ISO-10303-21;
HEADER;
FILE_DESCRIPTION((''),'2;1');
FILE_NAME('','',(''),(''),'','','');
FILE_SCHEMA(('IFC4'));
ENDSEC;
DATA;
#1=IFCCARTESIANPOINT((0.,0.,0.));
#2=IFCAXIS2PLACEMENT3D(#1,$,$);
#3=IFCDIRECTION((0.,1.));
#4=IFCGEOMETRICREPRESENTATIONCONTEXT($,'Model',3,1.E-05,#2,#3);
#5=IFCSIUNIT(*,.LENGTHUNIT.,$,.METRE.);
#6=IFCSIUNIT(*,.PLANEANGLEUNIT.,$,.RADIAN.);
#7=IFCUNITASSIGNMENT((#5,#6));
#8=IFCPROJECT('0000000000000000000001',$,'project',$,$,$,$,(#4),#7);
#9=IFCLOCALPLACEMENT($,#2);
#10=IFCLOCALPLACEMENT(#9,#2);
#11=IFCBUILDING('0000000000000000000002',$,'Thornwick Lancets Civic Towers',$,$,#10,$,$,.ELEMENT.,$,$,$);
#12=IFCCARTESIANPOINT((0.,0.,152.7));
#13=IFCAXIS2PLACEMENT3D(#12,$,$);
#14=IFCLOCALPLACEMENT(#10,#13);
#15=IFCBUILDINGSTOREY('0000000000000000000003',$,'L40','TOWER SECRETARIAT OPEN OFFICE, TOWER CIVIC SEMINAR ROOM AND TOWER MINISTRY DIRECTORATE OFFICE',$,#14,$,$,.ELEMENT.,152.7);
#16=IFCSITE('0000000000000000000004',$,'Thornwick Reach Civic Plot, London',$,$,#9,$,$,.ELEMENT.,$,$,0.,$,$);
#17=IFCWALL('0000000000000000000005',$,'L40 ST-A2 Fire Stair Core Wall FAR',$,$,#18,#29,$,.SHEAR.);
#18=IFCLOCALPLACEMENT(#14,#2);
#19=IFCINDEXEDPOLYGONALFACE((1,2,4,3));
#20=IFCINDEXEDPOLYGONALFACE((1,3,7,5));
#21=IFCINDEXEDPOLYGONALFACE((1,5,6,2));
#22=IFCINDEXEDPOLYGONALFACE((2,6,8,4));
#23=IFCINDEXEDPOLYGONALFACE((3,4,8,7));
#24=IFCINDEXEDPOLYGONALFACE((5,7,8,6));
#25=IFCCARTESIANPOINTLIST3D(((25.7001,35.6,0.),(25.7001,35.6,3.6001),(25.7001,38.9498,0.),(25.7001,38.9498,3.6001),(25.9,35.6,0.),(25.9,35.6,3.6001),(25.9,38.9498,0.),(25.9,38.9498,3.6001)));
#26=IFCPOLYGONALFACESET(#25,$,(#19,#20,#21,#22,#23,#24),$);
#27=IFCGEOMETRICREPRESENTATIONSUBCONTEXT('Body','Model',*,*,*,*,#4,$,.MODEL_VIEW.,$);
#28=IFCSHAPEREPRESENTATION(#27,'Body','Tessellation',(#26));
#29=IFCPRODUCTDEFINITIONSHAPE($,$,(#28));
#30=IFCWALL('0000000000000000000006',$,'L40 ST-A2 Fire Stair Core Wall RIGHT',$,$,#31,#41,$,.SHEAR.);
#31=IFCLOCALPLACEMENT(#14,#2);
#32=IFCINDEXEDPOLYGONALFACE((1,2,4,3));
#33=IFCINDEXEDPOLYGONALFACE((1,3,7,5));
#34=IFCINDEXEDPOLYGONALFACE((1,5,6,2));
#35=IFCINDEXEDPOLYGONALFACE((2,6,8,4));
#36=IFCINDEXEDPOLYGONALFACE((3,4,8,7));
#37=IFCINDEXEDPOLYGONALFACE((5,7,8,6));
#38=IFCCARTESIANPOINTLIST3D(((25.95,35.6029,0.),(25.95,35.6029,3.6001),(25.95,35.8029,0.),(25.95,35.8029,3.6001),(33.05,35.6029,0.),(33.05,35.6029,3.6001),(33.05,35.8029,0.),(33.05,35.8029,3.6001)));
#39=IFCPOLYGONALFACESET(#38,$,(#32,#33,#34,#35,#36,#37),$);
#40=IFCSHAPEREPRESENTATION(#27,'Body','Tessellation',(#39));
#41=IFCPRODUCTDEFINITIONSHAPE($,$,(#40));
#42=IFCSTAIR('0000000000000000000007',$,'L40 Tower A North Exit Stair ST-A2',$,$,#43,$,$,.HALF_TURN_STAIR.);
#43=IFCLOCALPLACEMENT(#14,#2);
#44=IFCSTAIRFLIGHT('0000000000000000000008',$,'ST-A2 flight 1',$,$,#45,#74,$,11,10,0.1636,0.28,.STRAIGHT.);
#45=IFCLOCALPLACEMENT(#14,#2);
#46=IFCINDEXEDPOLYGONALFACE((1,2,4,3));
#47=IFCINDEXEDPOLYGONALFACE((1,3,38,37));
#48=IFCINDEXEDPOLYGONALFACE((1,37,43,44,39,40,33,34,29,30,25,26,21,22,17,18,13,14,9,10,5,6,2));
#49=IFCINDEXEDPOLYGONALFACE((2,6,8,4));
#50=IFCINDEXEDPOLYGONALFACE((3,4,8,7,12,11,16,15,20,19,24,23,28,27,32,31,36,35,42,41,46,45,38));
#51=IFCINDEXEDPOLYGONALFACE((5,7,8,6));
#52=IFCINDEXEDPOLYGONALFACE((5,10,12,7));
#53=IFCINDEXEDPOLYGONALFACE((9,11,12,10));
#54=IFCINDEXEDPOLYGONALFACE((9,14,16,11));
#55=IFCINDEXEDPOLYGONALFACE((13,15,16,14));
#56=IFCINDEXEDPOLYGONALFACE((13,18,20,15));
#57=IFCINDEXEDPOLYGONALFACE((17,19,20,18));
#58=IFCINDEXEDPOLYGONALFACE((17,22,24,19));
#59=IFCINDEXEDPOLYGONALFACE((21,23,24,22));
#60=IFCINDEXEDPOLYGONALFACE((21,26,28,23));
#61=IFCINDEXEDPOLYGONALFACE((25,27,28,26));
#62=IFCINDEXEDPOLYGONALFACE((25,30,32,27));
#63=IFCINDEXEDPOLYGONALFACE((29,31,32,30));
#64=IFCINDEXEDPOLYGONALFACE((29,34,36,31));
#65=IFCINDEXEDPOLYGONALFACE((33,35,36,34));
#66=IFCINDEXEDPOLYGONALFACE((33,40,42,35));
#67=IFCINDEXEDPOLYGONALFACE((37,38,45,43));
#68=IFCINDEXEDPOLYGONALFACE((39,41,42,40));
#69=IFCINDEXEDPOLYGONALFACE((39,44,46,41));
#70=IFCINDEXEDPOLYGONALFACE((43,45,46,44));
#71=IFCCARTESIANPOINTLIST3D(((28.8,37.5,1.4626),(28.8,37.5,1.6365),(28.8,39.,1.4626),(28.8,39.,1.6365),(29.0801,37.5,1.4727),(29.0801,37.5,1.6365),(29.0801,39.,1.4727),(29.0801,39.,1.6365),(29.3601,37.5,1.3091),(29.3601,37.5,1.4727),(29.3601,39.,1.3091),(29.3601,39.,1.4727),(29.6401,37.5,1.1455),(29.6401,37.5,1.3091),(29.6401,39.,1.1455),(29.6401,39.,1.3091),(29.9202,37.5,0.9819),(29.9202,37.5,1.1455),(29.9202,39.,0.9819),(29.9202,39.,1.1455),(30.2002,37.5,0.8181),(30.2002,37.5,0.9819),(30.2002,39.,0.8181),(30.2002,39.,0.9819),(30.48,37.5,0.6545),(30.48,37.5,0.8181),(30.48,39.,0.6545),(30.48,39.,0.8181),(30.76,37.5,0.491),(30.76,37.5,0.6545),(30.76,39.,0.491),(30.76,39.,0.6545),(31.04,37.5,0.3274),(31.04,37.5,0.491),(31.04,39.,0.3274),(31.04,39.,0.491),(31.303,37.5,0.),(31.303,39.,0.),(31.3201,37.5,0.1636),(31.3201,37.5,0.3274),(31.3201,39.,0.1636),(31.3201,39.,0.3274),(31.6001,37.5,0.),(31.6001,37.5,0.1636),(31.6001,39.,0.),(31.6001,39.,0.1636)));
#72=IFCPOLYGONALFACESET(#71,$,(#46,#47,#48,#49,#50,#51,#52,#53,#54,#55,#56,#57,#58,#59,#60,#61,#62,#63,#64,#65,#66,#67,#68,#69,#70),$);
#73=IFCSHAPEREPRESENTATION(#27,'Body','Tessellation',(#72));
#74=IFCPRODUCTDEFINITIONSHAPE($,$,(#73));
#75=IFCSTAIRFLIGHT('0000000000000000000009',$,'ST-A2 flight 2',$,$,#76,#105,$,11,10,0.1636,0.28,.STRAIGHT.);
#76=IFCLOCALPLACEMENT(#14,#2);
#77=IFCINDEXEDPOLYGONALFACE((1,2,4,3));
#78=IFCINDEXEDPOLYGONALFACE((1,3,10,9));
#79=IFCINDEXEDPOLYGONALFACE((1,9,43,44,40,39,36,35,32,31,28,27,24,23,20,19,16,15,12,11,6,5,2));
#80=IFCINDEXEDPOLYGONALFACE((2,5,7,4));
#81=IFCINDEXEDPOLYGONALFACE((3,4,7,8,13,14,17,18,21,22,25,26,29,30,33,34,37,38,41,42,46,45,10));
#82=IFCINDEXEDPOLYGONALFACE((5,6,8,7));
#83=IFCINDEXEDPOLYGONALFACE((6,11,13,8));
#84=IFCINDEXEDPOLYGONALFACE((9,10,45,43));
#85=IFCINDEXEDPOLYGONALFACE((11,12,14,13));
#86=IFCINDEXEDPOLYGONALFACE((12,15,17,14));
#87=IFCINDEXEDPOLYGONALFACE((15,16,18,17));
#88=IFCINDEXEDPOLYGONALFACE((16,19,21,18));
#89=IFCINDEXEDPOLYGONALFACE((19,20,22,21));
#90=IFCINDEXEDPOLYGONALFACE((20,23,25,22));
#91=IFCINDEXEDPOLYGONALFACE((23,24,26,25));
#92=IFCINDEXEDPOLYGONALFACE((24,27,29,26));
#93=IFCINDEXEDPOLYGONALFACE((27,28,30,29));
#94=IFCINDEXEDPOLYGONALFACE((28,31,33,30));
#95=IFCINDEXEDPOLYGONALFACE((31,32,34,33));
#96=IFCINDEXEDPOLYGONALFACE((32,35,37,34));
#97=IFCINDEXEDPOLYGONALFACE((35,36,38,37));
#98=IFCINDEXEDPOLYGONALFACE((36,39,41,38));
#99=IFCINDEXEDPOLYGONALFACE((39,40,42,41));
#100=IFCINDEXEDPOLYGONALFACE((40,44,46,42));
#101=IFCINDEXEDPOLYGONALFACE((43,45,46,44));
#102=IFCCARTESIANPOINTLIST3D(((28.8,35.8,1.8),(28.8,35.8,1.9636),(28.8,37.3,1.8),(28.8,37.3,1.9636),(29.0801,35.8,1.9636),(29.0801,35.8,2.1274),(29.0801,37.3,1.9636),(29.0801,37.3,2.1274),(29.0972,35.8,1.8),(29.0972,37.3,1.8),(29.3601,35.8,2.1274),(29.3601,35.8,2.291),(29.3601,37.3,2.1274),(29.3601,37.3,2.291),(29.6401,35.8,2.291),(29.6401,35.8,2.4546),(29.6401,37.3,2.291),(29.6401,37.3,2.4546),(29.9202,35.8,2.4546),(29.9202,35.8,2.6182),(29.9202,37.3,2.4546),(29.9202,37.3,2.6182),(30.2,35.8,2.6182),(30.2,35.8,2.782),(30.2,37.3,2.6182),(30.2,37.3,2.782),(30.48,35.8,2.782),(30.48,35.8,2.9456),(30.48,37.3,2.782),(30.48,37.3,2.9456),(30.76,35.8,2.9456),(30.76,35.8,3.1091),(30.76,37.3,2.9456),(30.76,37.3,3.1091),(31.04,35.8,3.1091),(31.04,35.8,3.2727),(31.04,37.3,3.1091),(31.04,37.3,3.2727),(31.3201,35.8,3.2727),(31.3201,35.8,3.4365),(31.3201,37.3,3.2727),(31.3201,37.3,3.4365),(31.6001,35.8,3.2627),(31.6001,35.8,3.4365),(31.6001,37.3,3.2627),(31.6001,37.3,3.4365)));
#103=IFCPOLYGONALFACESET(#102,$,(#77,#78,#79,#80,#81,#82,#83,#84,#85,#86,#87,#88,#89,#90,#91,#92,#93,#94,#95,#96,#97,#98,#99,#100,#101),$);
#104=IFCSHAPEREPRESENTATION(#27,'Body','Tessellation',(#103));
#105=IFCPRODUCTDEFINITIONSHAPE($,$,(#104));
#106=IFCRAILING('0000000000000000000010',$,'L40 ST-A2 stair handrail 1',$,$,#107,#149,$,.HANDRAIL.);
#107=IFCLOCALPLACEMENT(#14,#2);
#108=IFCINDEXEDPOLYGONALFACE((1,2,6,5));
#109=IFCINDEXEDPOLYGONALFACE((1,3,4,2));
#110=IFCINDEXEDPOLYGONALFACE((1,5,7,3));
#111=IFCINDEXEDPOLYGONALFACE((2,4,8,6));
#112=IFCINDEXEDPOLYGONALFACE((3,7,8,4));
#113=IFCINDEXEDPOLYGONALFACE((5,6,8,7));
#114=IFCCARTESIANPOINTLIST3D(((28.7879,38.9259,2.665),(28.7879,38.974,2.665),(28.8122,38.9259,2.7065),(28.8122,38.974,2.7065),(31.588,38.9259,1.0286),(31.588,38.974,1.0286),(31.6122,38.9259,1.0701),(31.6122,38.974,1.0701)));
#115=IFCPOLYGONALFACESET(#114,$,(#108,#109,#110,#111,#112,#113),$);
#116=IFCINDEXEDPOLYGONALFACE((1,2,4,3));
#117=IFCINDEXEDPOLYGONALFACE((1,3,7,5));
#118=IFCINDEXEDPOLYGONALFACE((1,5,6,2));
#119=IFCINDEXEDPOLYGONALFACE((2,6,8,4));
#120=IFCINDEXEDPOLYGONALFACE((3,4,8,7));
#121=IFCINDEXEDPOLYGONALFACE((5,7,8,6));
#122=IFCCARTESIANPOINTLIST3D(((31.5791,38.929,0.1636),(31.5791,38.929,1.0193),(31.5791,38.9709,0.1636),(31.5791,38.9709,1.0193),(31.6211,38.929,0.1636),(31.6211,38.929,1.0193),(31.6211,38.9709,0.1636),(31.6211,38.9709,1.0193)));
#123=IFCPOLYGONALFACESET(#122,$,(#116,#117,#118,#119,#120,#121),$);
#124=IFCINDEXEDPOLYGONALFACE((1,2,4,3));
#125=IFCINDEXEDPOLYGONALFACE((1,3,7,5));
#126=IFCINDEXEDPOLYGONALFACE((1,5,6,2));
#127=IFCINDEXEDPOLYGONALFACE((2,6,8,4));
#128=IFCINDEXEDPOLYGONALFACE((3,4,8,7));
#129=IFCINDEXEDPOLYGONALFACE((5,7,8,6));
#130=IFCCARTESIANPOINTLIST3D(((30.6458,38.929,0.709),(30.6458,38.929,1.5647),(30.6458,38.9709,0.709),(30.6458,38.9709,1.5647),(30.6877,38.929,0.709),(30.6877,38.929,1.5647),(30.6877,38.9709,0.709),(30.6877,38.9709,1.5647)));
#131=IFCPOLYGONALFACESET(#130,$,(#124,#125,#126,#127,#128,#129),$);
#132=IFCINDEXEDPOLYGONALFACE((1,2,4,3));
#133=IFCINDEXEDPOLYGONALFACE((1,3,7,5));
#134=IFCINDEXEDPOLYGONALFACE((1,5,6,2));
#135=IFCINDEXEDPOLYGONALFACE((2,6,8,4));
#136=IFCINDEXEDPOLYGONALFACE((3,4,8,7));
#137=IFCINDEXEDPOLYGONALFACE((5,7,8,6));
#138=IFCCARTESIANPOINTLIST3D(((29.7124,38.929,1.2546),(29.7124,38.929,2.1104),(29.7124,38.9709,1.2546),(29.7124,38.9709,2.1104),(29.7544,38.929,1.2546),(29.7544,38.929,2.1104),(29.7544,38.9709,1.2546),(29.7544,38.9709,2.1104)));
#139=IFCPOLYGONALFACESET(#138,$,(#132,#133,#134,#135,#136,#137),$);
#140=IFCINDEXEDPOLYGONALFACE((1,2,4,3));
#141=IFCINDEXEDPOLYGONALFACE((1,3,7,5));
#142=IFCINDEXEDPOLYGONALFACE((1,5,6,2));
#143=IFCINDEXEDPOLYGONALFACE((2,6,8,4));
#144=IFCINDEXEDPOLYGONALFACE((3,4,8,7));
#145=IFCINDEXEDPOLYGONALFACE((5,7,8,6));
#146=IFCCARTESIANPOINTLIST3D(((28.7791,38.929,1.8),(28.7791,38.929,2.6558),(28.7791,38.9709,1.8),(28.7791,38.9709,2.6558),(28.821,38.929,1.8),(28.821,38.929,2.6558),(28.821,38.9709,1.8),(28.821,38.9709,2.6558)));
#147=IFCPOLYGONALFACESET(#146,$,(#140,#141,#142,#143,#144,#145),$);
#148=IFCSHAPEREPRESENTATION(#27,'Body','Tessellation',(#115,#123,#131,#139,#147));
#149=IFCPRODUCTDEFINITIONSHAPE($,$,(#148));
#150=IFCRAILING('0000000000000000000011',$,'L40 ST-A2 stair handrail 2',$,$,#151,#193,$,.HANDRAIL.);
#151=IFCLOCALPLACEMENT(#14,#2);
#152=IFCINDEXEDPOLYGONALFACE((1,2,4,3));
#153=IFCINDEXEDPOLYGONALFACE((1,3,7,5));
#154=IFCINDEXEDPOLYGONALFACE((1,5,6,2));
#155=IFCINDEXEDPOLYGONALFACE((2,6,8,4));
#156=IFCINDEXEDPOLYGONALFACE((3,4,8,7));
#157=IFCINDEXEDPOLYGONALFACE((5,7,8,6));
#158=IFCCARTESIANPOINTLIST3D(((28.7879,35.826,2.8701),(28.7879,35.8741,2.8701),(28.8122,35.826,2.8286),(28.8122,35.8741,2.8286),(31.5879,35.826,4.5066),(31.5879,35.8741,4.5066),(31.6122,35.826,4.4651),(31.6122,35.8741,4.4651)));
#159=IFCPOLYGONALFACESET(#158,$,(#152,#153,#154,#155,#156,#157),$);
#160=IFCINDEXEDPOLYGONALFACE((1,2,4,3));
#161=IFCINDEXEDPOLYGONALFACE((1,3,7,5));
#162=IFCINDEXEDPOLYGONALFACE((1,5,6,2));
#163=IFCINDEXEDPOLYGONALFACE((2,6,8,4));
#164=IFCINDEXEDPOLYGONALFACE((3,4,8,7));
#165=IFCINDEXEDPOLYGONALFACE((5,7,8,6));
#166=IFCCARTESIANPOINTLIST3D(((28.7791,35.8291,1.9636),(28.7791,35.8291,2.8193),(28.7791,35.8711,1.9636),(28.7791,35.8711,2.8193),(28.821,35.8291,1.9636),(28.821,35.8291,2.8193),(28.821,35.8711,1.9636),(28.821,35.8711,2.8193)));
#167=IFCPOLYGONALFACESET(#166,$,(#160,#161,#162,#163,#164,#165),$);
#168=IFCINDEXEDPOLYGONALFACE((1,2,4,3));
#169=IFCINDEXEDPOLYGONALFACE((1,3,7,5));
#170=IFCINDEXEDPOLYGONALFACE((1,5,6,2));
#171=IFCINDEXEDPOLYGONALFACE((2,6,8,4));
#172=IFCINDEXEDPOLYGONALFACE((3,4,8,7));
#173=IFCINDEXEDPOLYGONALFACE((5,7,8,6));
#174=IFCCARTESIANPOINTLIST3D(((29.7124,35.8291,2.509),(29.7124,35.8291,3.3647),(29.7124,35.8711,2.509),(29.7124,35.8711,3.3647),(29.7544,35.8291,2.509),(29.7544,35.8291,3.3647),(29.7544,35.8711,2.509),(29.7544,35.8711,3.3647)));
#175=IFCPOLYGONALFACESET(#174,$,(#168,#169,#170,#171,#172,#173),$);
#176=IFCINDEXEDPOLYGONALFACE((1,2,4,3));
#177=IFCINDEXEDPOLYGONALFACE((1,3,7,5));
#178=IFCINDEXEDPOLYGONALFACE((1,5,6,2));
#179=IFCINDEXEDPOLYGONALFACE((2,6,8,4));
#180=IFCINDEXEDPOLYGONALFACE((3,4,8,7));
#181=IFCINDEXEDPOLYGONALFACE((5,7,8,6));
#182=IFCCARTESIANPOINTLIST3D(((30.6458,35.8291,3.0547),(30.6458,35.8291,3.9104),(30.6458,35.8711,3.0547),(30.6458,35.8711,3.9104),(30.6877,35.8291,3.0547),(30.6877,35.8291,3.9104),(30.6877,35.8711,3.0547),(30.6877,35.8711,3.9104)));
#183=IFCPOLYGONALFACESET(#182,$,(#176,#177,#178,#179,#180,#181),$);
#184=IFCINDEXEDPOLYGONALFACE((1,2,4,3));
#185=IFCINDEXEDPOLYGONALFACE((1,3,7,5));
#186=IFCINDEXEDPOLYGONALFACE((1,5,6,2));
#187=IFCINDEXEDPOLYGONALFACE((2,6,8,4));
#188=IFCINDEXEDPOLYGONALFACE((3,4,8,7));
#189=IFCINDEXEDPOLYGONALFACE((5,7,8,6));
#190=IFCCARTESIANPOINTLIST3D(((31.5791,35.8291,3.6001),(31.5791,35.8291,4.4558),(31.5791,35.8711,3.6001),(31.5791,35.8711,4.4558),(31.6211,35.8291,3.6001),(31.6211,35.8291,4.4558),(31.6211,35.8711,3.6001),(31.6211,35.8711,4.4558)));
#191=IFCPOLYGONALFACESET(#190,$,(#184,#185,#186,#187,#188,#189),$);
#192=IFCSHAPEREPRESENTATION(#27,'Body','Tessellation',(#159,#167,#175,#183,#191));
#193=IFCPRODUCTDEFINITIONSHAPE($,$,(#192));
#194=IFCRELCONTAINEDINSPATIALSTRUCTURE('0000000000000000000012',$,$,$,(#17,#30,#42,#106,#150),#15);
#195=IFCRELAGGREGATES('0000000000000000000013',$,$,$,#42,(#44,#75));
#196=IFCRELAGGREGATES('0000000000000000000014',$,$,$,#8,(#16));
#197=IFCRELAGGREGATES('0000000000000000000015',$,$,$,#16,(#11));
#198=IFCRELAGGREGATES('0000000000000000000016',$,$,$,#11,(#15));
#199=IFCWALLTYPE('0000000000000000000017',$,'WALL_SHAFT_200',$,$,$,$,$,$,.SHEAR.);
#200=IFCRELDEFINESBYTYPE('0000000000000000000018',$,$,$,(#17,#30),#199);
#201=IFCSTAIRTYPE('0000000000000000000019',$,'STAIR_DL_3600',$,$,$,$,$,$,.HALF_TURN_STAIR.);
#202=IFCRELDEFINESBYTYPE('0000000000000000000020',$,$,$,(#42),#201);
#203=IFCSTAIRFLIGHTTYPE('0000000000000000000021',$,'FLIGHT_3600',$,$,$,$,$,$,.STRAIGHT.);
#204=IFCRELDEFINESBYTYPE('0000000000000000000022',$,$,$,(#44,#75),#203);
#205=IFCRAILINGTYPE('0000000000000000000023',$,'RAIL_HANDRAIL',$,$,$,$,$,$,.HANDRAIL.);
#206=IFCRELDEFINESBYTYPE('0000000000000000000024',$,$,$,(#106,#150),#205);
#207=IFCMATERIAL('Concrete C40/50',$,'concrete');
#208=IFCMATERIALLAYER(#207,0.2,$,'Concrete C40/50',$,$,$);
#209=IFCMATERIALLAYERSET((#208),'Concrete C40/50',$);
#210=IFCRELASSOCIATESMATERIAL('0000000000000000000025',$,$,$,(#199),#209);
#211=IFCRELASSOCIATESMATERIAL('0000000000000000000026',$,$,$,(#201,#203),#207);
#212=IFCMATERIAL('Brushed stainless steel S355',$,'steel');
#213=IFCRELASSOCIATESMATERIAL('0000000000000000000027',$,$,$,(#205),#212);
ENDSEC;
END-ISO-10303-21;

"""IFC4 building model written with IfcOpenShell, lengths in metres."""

from ifc_helpers import new_model, si_unit, direction, frame, frame_2d, origin, origin_2d, place, context, subcontext, project, spatial, polyline, rectangle, outline, extrude, material, layer, layer_set, type_object, element, aggregate, save


model = new_model("IFC4")

# Units and contexts
model_context = context("Model", 3, precision=1e-05, world=origin(), true_north=direction((0.0, 1.0)))
body_context = subcontext(model_context, "Body", "Model", "MODEL_VIEW")
ifc_project = project(units=[si_unit("LENGTHUNIT", "METRE"), si_unit("PLANEANGLEUNIT", "RADIAN")], contexts=[model_context])

# Site, building, storey
site_placement = place(None, origin())
site = spatial("IfcSite", under=ifc_project, at=site_placement, Name="Thornwick Reach Civic Plot, London", CompositionType="ELEMENT", RefElevation=0.0)
building_placement = place(site_placement, origin())
building = spatial("IfcBuilding", under=site, at=building_placement, Name="Thornwick Lancets Civic Towers", CompositionType="ELEMENT")
storey_placement = place(building_placement, frame((0.0, 0.0, 152.7)))
storey = spatial("IfcBuildingStorey", under=building, at=storey_placement, Name="L40", Description="TOWER SECRETARIAT OPEN OFFICE, TOWER CIVIC SEMINAR ROOM AND TOWER MINISTRY DIRECTORATE OFFICE", CompositionType="ELEMENT", Elevation=152.7)

# Shared definitions
ifc_material_1 = material(Name="Concrete C40/50", Category="concrete")

# Walls
ifc_layer_1 = layer(ifc_material_1, 0.2, Name="Concrete C40/50")
ifc_layer_set_1 = layer_set([ifc_layer_1], Name="Concrete C40/50")
wall_type_1 = type_object("IfcWallType", Name="WALL_SHAFT_200", PredefinedType="SHEAR", material=ifc_layer_set_1)
wall_1_placement = place(storey_placement, frame((25.8, 35.6001, 0.0), z_axis=(0.0, 0.0, 1.0), x_axis=(0.0, 1.0, 0.0)))
element("IfcWall", 1, at=wall_1_placement, inside=storey, type_object=wall_type_1, Name="L40 ST-A2 Fire Stair Core Wall FAR", PredefinedType="SHEAR", context=body_context, shape_type="SweptSolid", body=[
    extrude(rectangle(XDim=3.3499, YDim=0.2, at=frame_2d((1.6748, 0.0))), origin(), (0.0, 0.0, 1.0), 3.6001),
])
wall_2_placement = place(storey_placement, frame((25.95, 35.7029, 0.0), z_axis=(0.0, 0.0, 1.0), x_axis=(1.0, 0.0, 0.0)))
element("IfcWall", 2, at=wall_2_placement, inside=storey, type_object=wall_type_1, Name="L40 ST-A2 Fire Stair Core Wall RIGHT", PredefinedType="SHEAR", context=body_context, shape_type="SweptSolid", body=[
    extrude(rectangle(XDim=7.1001, YDim=0.2, at=frame_2d((3.55, 0.0))), origin(), (0.0, 0.0, 1.0), 3.6001),
])

# Stair, stair flights
stair_type = type_object("IfcStairType", Name="STAIR_DL_3600", PredefinedType="HALF_TURN_STAIR", material=ifc_material_1)
stair_placement = place(storey_placement, origin())
stair = element("IfcStair", 3, at=stair_placement, inside=storey, type_object=stair_type, Name="L40 Tower A North Exit Stair ST-A2", PredefinedType="HALF_TURN_STAIR")
stair_flight_type = type_object("IfcStairFlightType", Name="FLIGHT_3600", PredefinedType="STRAIGHT", material=ifc_material_1)
stair_flight_1_placement = place(storey_placement, frame((31.6001, 38.25, 0.0), z_axis=(0.0, 0.0, 1.0), x_axis=(-1.0, 0.0, 0.0)))
stair_flight_1 = element("IfcStairFlight", 4, at=stair_flight_1_placement, type_object=stair_flight_type, Name="ST-A2 flight 1", NumberOfRisers=11, NumberOfTreads=10, PredefinedType="STRAIGHT", RiserHeight=0.1636, TreadLength=0.28, context=body_context, shape_type="SweptSolid", body=[
    extrude(outline(polyline([(0.0, 0.0), (0.0, 0.1636), (0.28, 0.1636), (0.28, 0.3274), (0.5601, 0.3274), (0.5601, 0.491), (0.8401, 0.491), (0.8401, 0.6545), (1.1201, 0.6545), (1.1201, 0.8181), (1.3999, 0.8181), (1.3999, 0.9819), (1.6799, 0.9819), (1.6799, 1.1455), (1.96, 1.1455), (1.96, 1.3091), (2.24, 1.3091), (2.24, 1.4727), (2.52, 1.4727), (2.52, 1.6365), (2.8, 1.6365), (2.8, 1.8), (2.8, 1.4626), (0.2971, 0.0), (0.0, 0.0)])), frame((0.0, 0.75, 0.0), z_axis=(0.0, -1.0, 0.0), x_axis=(1.0, 0.0, 0.0)), (0.0, 0.0, 1.0), 1.5),
])
stair_flight_2_placement = place(storey_placement, frame((28.8, 36.55, 1.8), z_axis=(0.0, 0.0, 1.0), x_axis=(1.0, 0.0, 0.0)))
stair_flight_2 = element("IfcStairFlight", 5, at=stair_flight_2_placement, type_object=stair_flight_type, Name="ST-A2 flight 2", NumberOfRisers=11, NumberOfTreads=10, PredefinedType="STRAIGHT", RiserHeight=0.1636, TreadLength=0.28, context=body_context, shape_type="SweptSolid", body=[
    extrude(outline(polyline([(0.0, 0.0), (0.0, 0.1636), (0.28, 0.1636), (0.28, 0.3274), (0.5601, 0.3274), (0.5601, 0.491), (0.8401, 0.491), (0.8401, 0.6545), (1.1201, 0.6545), (1.1201, 0.8181), (1.3999, 0.8181), (1.3999, 0.9819), (1.6799, 0.9819), (1.6799, 1.1455), (1.96, 1.1455), (1.96, 1.3091), (2.24, 1.3091), (2.24, 1.4727), (2.52, 1.4727), (2.52, 1.6365), (2.8, 1.6365), (2.8, 1.8), (2.8, 1.4626), (0.2971, 0.0), (0.0, 0.0)])), frame((0.0, 0.75, 0.0), z_axis=(0.0, -1.0, 0.0), x_axis=(1.0, 0.0, 0.0)), (0.0, 0.0, 1.0), 1.5),
])
aggregate(stair, [stair_flight_1, stair_flight_2])

# Railings
ifc_material_2 = material(Name="Brushed stainless steel S355", Category="steel")
railing_type_1 = type_object("IfcRailingType", Name="RAIL_HANDRAIL", PredefinedType="HANDRAIL", material=ifc_material_2)
railing_1_placement = place(storey_placement, frame((31.6001, 38.95, 0.1636)))
element("IfcRailing", 6, at=railing_1_placement, inside=storey, type_object=railing_type_1, Name="L40 ST-A2 stair handrail 1", PredefinedType="HANDRAIL", context=body_context, shape_type="SweptSolid", body=[
    extrude(rectangle(XDim=0.0481, YDim=0.0481, at=origin_2d()), frame((0.0, 0.0, 0.8857), z_axis=(-0.863361, 0.0, 0.504587), x_axis=(0.0, -1.0, 0.0)), (0.0, 0.0, 1.0), 3.2432),
    extrude(rectangle(XDim=0.042, YDim=0.042, at=origin_2d()), origin(), (0.0, 0.0, 1.0), 0.8557),
    extrude(rectangle(XDim=0.042, YDim=0.042, at=origin_2d()), frame((-0.9333, 0.0, 0.5454)), (0.0, 0.0, 1.0), 0.8557),
    extrude(rectangle(XDim=0.042, YDim=0.042, at=origin_2d()), frame((-1.8667, 0.0, 1.0911)), (0.0, 0.0, 1.0), 0.8557),
    extrude(rectangle(XDim=0.042, YDim=0.042, at=origin_2d()), frame((-2.8, 0.0, 1.6365)), (0.0, 0.0, 1.0), 0.8557),
])
railing_2_placement = place(storey_placement, frame((28.8, 35.8501, 1.9636)))
element("IfcRailing", 7, at=railing_2_placement, inside=storey, type_object=railing_type_1, Name="L40 ST-A2 stair handrail 2", PredefinedType="HANDRAIL", context=body_context, shape_type="SweptSolid", body=[
    extrude(rectangle(XDim=0.0481, YDim=0.0481, at=origin_2d()), frame((0.0, 0.0, 0.8857), z_axis=(0.863361, 0.0, 0.504587), x_axis=(0.0, 1.0, 0.0)), (0.0, 0.0, 1.0), 3.2432),
    extrude(rectangle(XDim=0.042, YDim=0.042, at=origin_2d()), origin(), (0.0, 0.0, 1.0), 0.8557),
    extrude(rectangle(XDim=0.042, YDim=0.042, at=origin_2d()), frame((0.9333, 0.0, 0.5454)), (0.0, 0.0, 1.0), 0.8557),
    extrude(rectangle(XDim=0.042, YDim=0.042, at=origin_2d()), frame((1.8667, 0.0, 1.0911)), (0.0, 0.0, 1.0), 0.8557),
    extrude(rectangle(XDim=0.042, YDim=0.042, at=origin_2d()), frame((2.8, 0.0, 1.6365)), (0.0, 0.0, 1.0), 0.8557),
])

save(model, "model.ifc")
